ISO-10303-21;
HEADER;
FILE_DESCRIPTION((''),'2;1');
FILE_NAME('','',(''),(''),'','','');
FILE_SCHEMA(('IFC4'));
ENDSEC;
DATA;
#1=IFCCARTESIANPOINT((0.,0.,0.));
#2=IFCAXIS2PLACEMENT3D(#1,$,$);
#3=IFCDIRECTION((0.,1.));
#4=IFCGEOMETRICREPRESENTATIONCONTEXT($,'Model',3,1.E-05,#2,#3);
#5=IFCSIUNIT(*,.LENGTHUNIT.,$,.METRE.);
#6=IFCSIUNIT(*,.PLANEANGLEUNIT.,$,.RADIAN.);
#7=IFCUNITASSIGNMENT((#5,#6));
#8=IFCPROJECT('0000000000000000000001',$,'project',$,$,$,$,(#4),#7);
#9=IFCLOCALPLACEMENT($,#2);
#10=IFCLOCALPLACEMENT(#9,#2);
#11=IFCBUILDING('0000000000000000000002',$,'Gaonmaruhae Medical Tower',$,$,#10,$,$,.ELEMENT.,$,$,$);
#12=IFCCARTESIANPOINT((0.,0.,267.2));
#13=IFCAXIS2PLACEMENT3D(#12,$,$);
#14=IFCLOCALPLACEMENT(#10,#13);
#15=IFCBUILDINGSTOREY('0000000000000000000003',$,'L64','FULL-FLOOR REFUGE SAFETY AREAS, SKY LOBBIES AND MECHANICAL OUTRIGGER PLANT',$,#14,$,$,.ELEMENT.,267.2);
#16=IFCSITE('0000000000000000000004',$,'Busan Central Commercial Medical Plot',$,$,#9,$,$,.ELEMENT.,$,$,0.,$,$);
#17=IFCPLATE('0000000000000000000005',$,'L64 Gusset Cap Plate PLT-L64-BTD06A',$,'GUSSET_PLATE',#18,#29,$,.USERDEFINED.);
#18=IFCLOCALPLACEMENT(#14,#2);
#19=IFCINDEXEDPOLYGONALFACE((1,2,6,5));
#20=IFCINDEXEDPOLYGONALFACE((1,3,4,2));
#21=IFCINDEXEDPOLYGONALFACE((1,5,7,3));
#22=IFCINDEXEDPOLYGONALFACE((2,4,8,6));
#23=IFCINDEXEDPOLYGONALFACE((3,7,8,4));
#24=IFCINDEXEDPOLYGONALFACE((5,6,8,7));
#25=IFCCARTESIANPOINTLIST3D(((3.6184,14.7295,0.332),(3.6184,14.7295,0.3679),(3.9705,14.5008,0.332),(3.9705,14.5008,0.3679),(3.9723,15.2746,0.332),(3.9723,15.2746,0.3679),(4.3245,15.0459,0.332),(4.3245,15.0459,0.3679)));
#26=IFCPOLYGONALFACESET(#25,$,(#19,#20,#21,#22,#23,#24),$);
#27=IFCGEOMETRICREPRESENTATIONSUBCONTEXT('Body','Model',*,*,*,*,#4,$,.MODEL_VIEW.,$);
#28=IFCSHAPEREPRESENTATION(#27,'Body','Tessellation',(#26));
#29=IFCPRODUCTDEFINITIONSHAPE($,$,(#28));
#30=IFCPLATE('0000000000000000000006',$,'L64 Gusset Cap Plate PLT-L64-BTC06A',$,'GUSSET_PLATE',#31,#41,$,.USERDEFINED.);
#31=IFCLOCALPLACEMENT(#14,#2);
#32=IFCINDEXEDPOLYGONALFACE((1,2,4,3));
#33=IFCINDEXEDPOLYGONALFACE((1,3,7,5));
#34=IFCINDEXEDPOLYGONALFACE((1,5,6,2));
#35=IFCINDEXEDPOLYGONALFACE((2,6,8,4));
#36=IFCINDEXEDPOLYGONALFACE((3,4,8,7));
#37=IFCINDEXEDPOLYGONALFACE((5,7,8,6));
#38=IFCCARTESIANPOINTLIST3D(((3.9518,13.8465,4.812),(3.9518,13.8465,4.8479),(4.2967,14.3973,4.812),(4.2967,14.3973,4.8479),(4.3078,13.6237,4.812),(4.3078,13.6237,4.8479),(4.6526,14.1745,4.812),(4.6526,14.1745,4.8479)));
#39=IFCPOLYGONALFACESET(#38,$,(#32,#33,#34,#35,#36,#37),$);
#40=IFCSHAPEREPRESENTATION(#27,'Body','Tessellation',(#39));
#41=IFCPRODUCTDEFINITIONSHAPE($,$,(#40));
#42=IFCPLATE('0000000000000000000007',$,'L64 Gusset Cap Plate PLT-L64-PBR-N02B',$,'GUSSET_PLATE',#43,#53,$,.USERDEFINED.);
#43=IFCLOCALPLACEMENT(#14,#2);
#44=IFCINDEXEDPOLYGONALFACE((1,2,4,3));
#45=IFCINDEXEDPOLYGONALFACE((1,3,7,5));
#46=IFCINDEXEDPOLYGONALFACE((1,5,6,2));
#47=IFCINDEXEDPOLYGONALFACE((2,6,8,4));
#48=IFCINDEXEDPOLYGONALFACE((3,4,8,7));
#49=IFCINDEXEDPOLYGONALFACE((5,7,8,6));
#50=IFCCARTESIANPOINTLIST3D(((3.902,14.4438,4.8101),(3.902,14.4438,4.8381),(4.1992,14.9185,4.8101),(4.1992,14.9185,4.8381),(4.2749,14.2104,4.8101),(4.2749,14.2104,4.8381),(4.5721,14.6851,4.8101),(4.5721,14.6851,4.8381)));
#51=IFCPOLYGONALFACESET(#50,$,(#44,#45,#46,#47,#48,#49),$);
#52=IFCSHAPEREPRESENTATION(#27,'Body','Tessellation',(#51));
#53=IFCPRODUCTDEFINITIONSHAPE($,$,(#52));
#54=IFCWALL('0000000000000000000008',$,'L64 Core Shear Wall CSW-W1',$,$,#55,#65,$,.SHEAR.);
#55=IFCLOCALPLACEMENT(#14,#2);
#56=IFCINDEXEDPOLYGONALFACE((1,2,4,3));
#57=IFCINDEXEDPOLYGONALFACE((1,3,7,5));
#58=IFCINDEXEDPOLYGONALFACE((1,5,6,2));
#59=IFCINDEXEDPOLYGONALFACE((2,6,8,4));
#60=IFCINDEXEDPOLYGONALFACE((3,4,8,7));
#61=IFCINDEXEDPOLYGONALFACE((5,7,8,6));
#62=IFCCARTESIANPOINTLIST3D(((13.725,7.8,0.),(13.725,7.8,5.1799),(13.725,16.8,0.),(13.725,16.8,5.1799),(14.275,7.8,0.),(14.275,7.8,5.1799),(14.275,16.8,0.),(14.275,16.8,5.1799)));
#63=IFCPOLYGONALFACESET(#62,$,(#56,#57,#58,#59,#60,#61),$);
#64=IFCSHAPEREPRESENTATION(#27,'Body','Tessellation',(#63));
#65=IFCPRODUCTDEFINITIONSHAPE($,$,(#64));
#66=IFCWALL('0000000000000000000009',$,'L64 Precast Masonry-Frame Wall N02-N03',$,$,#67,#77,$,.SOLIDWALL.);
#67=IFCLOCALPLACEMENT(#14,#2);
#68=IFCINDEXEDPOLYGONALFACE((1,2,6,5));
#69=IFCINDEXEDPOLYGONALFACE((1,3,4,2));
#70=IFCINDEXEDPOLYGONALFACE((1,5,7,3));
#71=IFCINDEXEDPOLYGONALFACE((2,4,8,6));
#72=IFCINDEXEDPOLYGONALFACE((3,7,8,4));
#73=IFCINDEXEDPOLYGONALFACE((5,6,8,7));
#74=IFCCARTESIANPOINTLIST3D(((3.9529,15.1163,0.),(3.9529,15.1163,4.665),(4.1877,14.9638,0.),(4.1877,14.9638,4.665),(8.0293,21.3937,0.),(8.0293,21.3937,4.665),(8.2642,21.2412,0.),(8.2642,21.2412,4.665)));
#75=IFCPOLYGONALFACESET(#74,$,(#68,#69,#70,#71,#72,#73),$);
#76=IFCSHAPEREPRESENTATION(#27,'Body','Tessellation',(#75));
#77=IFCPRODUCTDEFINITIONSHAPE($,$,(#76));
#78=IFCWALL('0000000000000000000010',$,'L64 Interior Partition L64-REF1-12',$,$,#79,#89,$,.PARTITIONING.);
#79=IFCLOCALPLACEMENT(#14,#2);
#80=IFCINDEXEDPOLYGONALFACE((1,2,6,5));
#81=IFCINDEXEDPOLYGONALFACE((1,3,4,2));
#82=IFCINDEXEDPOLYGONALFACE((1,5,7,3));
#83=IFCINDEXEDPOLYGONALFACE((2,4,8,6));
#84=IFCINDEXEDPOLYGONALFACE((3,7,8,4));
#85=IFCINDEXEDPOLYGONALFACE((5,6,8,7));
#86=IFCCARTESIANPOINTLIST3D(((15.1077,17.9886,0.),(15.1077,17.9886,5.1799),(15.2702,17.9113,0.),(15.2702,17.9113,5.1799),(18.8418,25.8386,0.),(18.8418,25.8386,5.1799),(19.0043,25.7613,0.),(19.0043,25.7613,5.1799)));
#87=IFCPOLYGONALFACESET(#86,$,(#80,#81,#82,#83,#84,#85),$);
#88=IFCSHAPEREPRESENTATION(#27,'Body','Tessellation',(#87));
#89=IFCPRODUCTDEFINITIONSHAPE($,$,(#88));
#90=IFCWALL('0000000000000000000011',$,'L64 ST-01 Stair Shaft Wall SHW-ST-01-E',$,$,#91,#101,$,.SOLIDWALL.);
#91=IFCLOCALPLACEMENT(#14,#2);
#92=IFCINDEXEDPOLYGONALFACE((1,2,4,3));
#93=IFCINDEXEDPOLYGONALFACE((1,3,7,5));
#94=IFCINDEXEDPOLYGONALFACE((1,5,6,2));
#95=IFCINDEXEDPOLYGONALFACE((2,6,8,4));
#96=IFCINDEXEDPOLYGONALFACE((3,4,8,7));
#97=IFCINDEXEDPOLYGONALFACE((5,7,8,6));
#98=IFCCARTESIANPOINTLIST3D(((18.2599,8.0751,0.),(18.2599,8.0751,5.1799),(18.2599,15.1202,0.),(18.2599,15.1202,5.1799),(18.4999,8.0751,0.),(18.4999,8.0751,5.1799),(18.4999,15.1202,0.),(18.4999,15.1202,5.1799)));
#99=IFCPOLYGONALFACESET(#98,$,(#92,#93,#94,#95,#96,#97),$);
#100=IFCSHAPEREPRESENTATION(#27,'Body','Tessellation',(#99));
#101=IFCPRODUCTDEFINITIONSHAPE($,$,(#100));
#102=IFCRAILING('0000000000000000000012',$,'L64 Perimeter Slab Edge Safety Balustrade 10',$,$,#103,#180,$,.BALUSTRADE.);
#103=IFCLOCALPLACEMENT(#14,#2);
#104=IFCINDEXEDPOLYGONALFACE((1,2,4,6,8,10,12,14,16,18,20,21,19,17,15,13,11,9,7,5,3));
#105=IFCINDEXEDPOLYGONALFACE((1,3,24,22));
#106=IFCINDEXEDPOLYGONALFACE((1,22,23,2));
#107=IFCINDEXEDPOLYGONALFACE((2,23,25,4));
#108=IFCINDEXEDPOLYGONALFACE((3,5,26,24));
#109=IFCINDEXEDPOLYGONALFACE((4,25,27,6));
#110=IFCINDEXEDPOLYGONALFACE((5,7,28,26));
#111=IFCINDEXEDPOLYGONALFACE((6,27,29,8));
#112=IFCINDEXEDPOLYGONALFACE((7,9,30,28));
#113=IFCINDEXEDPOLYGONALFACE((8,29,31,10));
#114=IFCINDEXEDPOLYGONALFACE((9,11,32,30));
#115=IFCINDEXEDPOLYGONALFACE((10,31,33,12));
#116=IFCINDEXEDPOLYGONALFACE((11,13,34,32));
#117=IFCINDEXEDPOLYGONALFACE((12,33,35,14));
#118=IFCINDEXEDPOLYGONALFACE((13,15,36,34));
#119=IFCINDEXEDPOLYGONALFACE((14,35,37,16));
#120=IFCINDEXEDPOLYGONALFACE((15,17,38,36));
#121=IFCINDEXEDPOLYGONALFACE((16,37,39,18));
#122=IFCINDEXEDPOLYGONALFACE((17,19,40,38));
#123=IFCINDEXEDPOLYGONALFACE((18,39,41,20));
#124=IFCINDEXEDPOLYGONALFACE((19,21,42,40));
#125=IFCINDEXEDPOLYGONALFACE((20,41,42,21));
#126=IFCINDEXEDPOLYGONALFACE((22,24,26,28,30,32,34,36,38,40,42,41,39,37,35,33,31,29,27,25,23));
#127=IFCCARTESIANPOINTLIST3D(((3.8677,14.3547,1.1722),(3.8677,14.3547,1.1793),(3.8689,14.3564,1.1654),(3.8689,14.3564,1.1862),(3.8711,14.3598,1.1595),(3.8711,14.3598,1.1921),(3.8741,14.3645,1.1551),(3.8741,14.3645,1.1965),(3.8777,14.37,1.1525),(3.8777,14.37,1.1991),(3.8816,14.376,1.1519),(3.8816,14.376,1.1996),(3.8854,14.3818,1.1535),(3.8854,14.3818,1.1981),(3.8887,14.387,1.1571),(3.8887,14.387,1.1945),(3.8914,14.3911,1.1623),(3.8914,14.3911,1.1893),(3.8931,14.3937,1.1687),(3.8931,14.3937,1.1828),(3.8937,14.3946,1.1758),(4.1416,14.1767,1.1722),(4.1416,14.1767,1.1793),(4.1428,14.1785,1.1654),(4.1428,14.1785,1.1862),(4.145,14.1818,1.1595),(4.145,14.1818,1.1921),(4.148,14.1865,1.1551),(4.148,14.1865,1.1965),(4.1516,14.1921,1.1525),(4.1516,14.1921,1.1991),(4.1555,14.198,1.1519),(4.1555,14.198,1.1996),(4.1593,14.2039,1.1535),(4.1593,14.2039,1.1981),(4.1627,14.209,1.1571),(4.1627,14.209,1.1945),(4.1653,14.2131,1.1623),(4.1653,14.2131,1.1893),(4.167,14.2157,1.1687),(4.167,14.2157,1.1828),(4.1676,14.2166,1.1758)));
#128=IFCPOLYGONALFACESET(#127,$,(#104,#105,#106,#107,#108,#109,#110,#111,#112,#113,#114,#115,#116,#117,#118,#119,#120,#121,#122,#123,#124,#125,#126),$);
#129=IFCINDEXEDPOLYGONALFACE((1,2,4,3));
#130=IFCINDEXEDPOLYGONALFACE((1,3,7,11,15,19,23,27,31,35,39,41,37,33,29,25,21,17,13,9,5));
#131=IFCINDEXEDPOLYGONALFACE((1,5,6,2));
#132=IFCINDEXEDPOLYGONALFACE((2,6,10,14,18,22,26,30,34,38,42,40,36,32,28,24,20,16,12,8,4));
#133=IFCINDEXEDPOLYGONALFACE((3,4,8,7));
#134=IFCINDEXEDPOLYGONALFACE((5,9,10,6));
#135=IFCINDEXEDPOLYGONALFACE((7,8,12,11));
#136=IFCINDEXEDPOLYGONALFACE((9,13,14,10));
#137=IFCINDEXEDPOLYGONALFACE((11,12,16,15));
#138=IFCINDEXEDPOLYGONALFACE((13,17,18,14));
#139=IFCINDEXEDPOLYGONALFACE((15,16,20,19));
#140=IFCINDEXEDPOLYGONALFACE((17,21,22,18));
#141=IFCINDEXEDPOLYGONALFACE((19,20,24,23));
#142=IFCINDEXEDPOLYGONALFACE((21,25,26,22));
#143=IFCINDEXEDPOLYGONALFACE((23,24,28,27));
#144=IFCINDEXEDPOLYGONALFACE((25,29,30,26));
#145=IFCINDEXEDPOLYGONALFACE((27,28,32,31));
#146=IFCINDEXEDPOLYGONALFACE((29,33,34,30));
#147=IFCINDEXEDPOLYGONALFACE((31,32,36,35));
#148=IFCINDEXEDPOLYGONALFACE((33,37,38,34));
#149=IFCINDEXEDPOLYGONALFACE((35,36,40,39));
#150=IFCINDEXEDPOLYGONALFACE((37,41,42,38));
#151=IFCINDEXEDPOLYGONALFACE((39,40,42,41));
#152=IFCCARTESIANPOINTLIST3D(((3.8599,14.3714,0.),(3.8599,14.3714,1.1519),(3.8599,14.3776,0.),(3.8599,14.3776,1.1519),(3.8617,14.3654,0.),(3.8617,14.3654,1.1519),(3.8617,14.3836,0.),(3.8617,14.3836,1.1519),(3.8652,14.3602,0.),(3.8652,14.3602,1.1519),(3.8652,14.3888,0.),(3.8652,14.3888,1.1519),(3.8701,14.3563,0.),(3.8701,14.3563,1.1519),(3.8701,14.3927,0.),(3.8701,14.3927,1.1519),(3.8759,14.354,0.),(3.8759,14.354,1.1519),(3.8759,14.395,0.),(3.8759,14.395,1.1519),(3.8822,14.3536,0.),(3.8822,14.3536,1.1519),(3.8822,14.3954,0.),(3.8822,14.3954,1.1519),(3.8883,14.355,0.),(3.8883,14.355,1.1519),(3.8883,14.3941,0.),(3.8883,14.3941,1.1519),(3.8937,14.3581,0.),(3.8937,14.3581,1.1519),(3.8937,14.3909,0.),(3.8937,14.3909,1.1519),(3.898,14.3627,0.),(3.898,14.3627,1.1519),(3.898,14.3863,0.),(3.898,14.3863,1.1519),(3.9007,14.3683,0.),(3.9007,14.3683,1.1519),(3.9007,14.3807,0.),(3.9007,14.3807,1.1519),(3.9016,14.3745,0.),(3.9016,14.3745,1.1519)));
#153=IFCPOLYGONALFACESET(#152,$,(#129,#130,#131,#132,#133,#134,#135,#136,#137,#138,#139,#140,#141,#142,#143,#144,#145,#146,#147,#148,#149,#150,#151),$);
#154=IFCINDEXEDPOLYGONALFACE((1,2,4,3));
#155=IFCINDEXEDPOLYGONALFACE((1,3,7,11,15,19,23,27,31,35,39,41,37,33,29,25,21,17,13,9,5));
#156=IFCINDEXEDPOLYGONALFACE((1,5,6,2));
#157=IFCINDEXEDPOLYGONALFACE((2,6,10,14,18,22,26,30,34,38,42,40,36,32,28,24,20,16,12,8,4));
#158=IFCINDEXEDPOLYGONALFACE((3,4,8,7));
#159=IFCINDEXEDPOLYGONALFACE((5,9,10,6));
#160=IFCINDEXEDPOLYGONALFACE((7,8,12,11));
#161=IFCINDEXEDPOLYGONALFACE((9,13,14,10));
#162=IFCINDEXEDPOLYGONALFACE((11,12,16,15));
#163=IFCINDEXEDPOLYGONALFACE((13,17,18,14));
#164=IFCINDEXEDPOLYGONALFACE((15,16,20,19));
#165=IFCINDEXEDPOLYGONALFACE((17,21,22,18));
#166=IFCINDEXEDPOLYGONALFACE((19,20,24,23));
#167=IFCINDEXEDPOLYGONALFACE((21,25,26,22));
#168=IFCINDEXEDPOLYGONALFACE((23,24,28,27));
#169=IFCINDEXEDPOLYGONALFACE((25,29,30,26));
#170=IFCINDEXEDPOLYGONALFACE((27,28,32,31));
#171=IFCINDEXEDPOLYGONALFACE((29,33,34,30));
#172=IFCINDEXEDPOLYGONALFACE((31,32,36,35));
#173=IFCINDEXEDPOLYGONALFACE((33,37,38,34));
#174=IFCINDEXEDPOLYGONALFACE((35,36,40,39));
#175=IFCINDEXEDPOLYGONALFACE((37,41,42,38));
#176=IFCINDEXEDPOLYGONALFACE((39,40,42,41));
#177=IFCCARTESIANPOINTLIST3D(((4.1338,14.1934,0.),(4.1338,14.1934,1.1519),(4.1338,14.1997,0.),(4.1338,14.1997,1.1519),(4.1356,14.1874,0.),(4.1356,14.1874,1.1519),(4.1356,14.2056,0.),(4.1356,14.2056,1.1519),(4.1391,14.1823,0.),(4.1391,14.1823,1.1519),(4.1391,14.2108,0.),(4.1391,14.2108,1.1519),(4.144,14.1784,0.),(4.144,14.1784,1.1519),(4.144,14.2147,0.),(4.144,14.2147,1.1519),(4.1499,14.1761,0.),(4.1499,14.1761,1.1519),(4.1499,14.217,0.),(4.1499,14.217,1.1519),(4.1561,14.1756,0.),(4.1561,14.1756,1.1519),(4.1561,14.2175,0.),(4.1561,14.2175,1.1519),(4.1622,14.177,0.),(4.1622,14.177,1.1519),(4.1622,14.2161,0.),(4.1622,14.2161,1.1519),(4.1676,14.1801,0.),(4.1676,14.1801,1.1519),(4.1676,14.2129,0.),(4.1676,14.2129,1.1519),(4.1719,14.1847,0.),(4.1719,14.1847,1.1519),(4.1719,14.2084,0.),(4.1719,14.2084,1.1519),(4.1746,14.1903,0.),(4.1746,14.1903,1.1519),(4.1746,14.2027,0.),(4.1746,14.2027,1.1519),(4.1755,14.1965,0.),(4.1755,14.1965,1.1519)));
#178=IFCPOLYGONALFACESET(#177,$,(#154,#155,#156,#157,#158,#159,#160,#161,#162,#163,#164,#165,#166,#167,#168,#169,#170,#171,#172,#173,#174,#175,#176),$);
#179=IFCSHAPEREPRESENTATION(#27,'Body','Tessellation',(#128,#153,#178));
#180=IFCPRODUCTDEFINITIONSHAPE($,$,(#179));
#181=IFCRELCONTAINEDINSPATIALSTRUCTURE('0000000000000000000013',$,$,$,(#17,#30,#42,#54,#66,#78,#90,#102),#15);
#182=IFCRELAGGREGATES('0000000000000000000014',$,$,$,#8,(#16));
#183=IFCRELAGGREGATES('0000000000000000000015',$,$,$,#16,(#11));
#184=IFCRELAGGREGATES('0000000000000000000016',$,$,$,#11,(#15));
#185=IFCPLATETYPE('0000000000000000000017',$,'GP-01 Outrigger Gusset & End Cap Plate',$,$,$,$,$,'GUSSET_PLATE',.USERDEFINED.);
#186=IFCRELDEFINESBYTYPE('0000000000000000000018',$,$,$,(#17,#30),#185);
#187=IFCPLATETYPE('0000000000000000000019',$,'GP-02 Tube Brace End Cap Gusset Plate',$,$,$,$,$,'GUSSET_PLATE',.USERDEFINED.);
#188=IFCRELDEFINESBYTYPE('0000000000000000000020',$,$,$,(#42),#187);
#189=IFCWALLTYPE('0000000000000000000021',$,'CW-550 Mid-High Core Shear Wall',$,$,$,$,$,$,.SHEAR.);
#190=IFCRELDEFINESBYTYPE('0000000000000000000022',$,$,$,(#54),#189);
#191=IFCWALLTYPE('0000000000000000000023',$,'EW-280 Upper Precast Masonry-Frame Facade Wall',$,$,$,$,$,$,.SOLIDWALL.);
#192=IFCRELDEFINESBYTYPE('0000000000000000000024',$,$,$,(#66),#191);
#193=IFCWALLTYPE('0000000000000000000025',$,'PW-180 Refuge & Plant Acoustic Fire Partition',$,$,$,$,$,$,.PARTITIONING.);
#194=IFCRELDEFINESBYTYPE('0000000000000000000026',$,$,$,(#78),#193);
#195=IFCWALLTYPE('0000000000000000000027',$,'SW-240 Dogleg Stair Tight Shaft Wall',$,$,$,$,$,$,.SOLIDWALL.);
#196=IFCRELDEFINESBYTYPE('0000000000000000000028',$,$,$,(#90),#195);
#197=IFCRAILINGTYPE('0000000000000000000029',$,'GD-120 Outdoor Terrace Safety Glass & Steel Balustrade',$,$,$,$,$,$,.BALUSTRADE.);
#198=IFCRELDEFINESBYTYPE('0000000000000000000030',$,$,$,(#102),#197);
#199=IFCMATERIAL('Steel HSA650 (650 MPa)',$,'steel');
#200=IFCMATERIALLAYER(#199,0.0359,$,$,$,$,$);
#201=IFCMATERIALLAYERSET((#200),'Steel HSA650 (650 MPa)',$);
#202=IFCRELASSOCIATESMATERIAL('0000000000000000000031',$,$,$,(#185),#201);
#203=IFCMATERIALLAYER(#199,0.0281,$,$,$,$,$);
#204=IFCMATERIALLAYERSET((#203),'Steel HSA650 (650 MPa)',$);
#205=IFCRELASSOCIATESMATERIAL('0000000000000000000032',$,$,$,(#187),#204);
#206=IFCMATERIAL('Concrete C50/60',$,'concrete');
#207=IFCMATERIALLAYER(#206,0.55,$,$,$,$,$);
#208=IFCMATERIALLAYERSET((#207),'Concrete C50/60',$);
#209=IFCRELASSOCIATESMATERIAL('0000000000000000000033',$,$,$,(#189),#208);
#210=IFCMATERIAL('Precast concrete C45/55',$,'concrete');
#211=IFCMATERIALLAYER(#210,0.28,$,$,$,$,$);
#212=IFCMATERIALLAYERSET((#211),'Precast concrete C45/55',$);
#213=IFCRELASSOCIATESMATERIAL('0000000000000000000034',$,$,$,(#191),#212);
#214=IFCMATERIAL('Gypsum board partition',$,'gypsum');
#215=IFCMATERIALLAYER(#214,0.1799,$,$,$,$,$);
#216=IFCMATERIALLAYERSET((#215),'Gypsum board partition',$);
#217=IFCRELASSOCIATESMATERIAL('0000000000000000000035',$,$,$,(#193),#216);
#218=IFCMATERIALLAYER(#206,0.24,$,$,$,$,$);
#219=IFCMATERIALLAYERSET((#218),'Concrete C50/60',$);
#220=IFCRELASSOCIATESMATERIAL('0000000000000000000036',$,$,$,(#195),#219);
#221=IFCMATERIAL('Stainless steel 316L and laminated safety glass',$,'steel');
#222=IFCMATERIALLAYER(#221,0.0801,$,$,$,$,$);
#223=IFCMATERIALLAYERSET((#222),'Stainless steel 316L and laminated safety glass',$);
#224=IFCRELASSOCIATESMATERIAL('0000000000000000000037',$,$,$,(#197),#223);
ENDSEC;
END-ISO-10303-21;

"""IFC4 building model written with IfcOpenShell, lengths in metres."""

from ifc_helpers import new_model, si_unit, direction, frame, frame_2d, origin, origin_2d, place, context, subcontext, project, spatial, rectangle, circle, extrude, material, layer, layer_set, type_object, element, save


model = new_model("IFC4")

# Units and contexts
model_context = context("Model", 3, precision=1e-05, world=origin(), true_north=direction((0.0, 1.0)))
body_context = subcontext(model_context, "Body", "Model", "MODEL_VIEW")
ifc_project = project(units=[si_unit("LENGTHUNIT", "METRE"), si_unit("PLANEANGLEUNIT", "RADIAN")], contexts=[model_context])

# Site, building, storey
site_placement = place(None, origin())
site = spatial("IfcSite", under=ifc_project, at=site_placement, Name="Busan Central Commercial Medical Plot", CompositionType="ELEMENT", RefElevation=0.0)
building_placement = place(site_placement, origin())
building = spatial("IfcBuilding", under=site, at=building_placement, Name="Gaonmaruhae Medical Tower", CompositionType="ELEMENT")
storey_placement = place(building_placement, frame((0.0, 0.0, 267.2)))
storey = spatial("IfcBuildingStorey", under=building, at=storey_placement, Name="L64", Description="FULL-FLOOR REFUGE SAFETY AREAS, SKY LOBBIES AND MECHANICAL OUTRIGGER PLANT", CompositionType="ELEMENT", Elevation=267.2)

# Shared definitions
ifc_material_1 = material(Name="Steel HSA650 (650 MPa)", Category="steel")
ifc_material_2 = material(Name="Concrete C50/60", Category="concrete")

# Plates
ifc_layer_1 = layer(ifc_material_1, 0.0359)
ifc_layer_set_1 = layer_set([ifc_layer_1], Name="Steel HSA650 (650 MPa)")
plate_type_1 = type_object("IfcPlateType", Name="GP-01 Outrigger Gusset & End Cap Plate", ElementType="GUSSET_PLATE", PredefinedType="USERDEFINED", material=ifc_layer_set_1)
for number, where, z_axis, x_axis, name in (
    (1, (3.9714, 14.8877, 0.332), (0.0, 0.0, 1.0), (0.544639, 0.838671, 0.0), "L64 Gusset Cap Plate PLT-L64-BTD06A"),
    (2, (4.3022, 14.0105, 4.812), (0.0, 0.0, 1.0), (0.530659, 0.847585, 0.0), "L64 Gusset Cap Plate PLT-L64-BTC06A"),
):
    element("IfcPlate", number, at=place(storey_placement, frame(where, z_axis=z_axis, x_axis=x_axis)), inside=storey, type_object=plate_type_1, Name=name, ObjectType="GUSSET_PLATE", PredefinedType="USERDEFINED", context=body_context, shape_type="SweptSolid", body=[
        extrude(rectangle(XDim=0.6499, YDim=0.4199, at=origin_2d()), origin(), (0.0, 0.0, 1.0), 0.0359),
    ])
ifc_layer_2 = layer(ifc_material_1, 0.0281)
ifc_layer_set_2 = layer_set([ifc_layer_2], Name="Steel HSA650 (650 MPa)")
plate_type_2 = type_object("IfcPlateType", Name="GP-02 Tube Brace End Cap Gusset Plate", ElementType="GUSSET_PLATE", PredefinedType="USERDEFINED", material=ifc_layer_set_2)
plate_placement = place(storey_placement, frame((4.2371, 14.5645, 4.8101), z_axis=(0.0, 0.0, 1.0), x_axis=(0.530659, 0.847585, 0.0)))
element("IfcPlate", 3, at=plate_placement, inside=storey, type_object=plate_type_2, Name="L64 Gusset Cap Plate PLT-L64-PBR-N02B", ObjectType="GUSSET_PLATE", PredefinedType="USERDEFINED", context=body_context, shape_type="SweptSolid", body=[
    extrude(rectangle(XDim=0.5601, YDim=0.4399, at=origin_2d()), origin(), (0.0, 0.0, 1.0), 0.0281),
])

# Walls
ifc_layer_3 = layer(ifc_material_2, 0.55)
ifc_layer_set_3 = layer_set([ifc_layer_3], Name="Concrete C50/60")
wall_type_1 = type_object("IfcWallType", Name="CW-550 Mid-High Core Shear Wall", PredefinedType="SHEAR", material=ifc_layer_set_3)
wall_1_placement = place(storey_placement, frame((14.0, 16.8, 0.0), z_axis=(0.0, 0.0, 1.0), x_axis=(0.0, -1.0, 0.0)))
element("IfcWall", 4, at=wall_1_placement, inside=storey, type_object=wall_type_1, Name="L64 Core Shear Wall CSW-W1", PredefinedType="SHEAR", context=body_context, shape_type="SweptSolid", body=[
    extrude(rectangle(XDim=9.0, YDim=0.55, at=frame_2d((4.5, 0.0))), origin(), (0.0, 0.0, 1.0), 5.1799),
])
ifc_material_3 = material(Name="Precast concrete C45/55", Category="concrete")
ifc_layer_4 = layer(ifc_material_3, 0.28)
ifc_layer_set_4 = layer_set([ifc_layer_4], Name="Precast concrete C45/55")
wall_type_2 = type_object("IfcWallType", Name="EW-280 Upper Precast Masonry-Frame Facade Wall", PredefinedType="SOLIDWALL", material=ifc_layer_set_4)
wall_2_placement = place(storey_placement, frame((4.0703, 15.04, 0.0), z_axis=(0.0, 0.0, 1.0), x_axis=(0.544626, 0.838679, 0.0)))
element("IfcWall", 5, at=wall_2_placement, inside=storey, type_object=wall_type_2, Name="L64 Precast Masonry-Frame Wall N02-N03", PredefinedType="SOLIDWALL", context=body_context, shape_type="SweptSolid", body=[
    extrude(rectangle(XDim=7.4849, YDim=0.28, at=frame_2d((3.7424, 0.0))), origin(), (0.0, 0.0, 1.0), 4.665),
])
ifc_material_4 = material(Name="Gypsum board partition", Category="gypsum")
ifc_layer_5 = layer(ifc_material_4, 0.1799)
ifc_layer_set_5 = layer_set([ifc_layer_5], Name="Gypsum board partition")
wall_type_3 = type_object("IfcWallType", Name="PW-180 Refuge & Plant Acoustic Fire Partition", PredefinedType="PARTITIONING", material=ifc_layer_set_5)
wall_3_placement = place(storey_placement, frame((15.189, 17.95, 0.0), z_axis=(0.0, 0.0, 1.0), x_axis=(0.429557, 0.90304, 0.0)))
element("IfcWall", 6, at=wall_3_placement, inside=storey, type_object=wall_type_3, Name="L64 Interior Partition L64-REF1-12", PredefinedType="PARTITIONING", context=body_context, shape_type="SweptSolid", body=[
    extrude(rectangle(XDim=8.6929, YDim=0.1799, at=frame_2d((4.3464, 0.0))), origin(), (0.0, 0.0, 1.0), 5.1799),
])

# Shared definitions
ifc_layer_6 = layer(ifc_material_2, 0.24)
ifc_layer_set_6 = layer_set([ifc_layer_6], Name="Concrete C50/60")
wall_type_4 = type_object("IfcWallType", Name="SW-240 Dogleg Stair Tight Shaft Wall", PredefinedType="SOLIDWALL", material=ifc_layer_set_6)

# Wall
wall_4_placement = place(storey_placement, frame((18.3799, 15.1201, 0.0), z_axis=(0.0, 0.0, 1.0), x_axis=(0.0, -1.0, 0.0)))
element("IfcWall", 7, at=wall_4_placement, inside=storey, type_object=wall_type_4, Name="L64 ST-01 Stair Shaft Wall SHW-ST-01-E", PredefinedType="SOLIDWALL", context=body_context, shape_type="SweptSolid", body=[
    extrude(rectangle(XDim=7.0452, YDim=0.24, at=frame_2d((3.5225, 0.0))), origin(), (0.0, 0.0, 1.0), 5.1799),
])

# Railing
ifc_material_5 = material(Name="Stainless steel 316L and laminated safety glass", Category="steel")
ifc_layer_7 = layer(ifc_material_5, 0.0801)
ifc_layer_set_7 = layer_set([ifc_layer_7], Name="Stainless steel 316L and laminated safety glass")
railing_type = type_object("IfcRailingType", Name="GD-120 Outdoor Terrace Safety Glass & Steel Balustrade", PredefinedType="BALUSTRADE", material=ifc_layer_set_7)
railing_1_placement = place(storey_placement, frame((3.8806, 14.3745, 0.0)))
element("IfcRailing", 8, at=railing_1_placement, inside=storey, type_object=railing_type, Name="L64 Perimeter Slab Edge Safety Balustrade 10", PredefinedType="BALUSTRADE", context=body_context, shape_type="SweptSolid", body=[
    extrude(circle(Radius=0.0239, at=origin_2d()), frame((0.0, 0.0, 1.1758), z_axis=(0.838546, -0.544831, 0.0), x_axis=(0.544831, 0.838546, 0.0)), (0.0, 0.0, 1.0), 0.3267),
    extrude(circle(Radius=0.021, at=origin_2d()), origin(), (0.0, 0.0, 1.0), 1.1519),
    extrude(circle(Radius=0.021, at=origin_2d()), frame((0.2739, -0.178, 0.0)), (0.0, 0.0, 1.0), 1.1519),
])

save(model, "model.ifc")
